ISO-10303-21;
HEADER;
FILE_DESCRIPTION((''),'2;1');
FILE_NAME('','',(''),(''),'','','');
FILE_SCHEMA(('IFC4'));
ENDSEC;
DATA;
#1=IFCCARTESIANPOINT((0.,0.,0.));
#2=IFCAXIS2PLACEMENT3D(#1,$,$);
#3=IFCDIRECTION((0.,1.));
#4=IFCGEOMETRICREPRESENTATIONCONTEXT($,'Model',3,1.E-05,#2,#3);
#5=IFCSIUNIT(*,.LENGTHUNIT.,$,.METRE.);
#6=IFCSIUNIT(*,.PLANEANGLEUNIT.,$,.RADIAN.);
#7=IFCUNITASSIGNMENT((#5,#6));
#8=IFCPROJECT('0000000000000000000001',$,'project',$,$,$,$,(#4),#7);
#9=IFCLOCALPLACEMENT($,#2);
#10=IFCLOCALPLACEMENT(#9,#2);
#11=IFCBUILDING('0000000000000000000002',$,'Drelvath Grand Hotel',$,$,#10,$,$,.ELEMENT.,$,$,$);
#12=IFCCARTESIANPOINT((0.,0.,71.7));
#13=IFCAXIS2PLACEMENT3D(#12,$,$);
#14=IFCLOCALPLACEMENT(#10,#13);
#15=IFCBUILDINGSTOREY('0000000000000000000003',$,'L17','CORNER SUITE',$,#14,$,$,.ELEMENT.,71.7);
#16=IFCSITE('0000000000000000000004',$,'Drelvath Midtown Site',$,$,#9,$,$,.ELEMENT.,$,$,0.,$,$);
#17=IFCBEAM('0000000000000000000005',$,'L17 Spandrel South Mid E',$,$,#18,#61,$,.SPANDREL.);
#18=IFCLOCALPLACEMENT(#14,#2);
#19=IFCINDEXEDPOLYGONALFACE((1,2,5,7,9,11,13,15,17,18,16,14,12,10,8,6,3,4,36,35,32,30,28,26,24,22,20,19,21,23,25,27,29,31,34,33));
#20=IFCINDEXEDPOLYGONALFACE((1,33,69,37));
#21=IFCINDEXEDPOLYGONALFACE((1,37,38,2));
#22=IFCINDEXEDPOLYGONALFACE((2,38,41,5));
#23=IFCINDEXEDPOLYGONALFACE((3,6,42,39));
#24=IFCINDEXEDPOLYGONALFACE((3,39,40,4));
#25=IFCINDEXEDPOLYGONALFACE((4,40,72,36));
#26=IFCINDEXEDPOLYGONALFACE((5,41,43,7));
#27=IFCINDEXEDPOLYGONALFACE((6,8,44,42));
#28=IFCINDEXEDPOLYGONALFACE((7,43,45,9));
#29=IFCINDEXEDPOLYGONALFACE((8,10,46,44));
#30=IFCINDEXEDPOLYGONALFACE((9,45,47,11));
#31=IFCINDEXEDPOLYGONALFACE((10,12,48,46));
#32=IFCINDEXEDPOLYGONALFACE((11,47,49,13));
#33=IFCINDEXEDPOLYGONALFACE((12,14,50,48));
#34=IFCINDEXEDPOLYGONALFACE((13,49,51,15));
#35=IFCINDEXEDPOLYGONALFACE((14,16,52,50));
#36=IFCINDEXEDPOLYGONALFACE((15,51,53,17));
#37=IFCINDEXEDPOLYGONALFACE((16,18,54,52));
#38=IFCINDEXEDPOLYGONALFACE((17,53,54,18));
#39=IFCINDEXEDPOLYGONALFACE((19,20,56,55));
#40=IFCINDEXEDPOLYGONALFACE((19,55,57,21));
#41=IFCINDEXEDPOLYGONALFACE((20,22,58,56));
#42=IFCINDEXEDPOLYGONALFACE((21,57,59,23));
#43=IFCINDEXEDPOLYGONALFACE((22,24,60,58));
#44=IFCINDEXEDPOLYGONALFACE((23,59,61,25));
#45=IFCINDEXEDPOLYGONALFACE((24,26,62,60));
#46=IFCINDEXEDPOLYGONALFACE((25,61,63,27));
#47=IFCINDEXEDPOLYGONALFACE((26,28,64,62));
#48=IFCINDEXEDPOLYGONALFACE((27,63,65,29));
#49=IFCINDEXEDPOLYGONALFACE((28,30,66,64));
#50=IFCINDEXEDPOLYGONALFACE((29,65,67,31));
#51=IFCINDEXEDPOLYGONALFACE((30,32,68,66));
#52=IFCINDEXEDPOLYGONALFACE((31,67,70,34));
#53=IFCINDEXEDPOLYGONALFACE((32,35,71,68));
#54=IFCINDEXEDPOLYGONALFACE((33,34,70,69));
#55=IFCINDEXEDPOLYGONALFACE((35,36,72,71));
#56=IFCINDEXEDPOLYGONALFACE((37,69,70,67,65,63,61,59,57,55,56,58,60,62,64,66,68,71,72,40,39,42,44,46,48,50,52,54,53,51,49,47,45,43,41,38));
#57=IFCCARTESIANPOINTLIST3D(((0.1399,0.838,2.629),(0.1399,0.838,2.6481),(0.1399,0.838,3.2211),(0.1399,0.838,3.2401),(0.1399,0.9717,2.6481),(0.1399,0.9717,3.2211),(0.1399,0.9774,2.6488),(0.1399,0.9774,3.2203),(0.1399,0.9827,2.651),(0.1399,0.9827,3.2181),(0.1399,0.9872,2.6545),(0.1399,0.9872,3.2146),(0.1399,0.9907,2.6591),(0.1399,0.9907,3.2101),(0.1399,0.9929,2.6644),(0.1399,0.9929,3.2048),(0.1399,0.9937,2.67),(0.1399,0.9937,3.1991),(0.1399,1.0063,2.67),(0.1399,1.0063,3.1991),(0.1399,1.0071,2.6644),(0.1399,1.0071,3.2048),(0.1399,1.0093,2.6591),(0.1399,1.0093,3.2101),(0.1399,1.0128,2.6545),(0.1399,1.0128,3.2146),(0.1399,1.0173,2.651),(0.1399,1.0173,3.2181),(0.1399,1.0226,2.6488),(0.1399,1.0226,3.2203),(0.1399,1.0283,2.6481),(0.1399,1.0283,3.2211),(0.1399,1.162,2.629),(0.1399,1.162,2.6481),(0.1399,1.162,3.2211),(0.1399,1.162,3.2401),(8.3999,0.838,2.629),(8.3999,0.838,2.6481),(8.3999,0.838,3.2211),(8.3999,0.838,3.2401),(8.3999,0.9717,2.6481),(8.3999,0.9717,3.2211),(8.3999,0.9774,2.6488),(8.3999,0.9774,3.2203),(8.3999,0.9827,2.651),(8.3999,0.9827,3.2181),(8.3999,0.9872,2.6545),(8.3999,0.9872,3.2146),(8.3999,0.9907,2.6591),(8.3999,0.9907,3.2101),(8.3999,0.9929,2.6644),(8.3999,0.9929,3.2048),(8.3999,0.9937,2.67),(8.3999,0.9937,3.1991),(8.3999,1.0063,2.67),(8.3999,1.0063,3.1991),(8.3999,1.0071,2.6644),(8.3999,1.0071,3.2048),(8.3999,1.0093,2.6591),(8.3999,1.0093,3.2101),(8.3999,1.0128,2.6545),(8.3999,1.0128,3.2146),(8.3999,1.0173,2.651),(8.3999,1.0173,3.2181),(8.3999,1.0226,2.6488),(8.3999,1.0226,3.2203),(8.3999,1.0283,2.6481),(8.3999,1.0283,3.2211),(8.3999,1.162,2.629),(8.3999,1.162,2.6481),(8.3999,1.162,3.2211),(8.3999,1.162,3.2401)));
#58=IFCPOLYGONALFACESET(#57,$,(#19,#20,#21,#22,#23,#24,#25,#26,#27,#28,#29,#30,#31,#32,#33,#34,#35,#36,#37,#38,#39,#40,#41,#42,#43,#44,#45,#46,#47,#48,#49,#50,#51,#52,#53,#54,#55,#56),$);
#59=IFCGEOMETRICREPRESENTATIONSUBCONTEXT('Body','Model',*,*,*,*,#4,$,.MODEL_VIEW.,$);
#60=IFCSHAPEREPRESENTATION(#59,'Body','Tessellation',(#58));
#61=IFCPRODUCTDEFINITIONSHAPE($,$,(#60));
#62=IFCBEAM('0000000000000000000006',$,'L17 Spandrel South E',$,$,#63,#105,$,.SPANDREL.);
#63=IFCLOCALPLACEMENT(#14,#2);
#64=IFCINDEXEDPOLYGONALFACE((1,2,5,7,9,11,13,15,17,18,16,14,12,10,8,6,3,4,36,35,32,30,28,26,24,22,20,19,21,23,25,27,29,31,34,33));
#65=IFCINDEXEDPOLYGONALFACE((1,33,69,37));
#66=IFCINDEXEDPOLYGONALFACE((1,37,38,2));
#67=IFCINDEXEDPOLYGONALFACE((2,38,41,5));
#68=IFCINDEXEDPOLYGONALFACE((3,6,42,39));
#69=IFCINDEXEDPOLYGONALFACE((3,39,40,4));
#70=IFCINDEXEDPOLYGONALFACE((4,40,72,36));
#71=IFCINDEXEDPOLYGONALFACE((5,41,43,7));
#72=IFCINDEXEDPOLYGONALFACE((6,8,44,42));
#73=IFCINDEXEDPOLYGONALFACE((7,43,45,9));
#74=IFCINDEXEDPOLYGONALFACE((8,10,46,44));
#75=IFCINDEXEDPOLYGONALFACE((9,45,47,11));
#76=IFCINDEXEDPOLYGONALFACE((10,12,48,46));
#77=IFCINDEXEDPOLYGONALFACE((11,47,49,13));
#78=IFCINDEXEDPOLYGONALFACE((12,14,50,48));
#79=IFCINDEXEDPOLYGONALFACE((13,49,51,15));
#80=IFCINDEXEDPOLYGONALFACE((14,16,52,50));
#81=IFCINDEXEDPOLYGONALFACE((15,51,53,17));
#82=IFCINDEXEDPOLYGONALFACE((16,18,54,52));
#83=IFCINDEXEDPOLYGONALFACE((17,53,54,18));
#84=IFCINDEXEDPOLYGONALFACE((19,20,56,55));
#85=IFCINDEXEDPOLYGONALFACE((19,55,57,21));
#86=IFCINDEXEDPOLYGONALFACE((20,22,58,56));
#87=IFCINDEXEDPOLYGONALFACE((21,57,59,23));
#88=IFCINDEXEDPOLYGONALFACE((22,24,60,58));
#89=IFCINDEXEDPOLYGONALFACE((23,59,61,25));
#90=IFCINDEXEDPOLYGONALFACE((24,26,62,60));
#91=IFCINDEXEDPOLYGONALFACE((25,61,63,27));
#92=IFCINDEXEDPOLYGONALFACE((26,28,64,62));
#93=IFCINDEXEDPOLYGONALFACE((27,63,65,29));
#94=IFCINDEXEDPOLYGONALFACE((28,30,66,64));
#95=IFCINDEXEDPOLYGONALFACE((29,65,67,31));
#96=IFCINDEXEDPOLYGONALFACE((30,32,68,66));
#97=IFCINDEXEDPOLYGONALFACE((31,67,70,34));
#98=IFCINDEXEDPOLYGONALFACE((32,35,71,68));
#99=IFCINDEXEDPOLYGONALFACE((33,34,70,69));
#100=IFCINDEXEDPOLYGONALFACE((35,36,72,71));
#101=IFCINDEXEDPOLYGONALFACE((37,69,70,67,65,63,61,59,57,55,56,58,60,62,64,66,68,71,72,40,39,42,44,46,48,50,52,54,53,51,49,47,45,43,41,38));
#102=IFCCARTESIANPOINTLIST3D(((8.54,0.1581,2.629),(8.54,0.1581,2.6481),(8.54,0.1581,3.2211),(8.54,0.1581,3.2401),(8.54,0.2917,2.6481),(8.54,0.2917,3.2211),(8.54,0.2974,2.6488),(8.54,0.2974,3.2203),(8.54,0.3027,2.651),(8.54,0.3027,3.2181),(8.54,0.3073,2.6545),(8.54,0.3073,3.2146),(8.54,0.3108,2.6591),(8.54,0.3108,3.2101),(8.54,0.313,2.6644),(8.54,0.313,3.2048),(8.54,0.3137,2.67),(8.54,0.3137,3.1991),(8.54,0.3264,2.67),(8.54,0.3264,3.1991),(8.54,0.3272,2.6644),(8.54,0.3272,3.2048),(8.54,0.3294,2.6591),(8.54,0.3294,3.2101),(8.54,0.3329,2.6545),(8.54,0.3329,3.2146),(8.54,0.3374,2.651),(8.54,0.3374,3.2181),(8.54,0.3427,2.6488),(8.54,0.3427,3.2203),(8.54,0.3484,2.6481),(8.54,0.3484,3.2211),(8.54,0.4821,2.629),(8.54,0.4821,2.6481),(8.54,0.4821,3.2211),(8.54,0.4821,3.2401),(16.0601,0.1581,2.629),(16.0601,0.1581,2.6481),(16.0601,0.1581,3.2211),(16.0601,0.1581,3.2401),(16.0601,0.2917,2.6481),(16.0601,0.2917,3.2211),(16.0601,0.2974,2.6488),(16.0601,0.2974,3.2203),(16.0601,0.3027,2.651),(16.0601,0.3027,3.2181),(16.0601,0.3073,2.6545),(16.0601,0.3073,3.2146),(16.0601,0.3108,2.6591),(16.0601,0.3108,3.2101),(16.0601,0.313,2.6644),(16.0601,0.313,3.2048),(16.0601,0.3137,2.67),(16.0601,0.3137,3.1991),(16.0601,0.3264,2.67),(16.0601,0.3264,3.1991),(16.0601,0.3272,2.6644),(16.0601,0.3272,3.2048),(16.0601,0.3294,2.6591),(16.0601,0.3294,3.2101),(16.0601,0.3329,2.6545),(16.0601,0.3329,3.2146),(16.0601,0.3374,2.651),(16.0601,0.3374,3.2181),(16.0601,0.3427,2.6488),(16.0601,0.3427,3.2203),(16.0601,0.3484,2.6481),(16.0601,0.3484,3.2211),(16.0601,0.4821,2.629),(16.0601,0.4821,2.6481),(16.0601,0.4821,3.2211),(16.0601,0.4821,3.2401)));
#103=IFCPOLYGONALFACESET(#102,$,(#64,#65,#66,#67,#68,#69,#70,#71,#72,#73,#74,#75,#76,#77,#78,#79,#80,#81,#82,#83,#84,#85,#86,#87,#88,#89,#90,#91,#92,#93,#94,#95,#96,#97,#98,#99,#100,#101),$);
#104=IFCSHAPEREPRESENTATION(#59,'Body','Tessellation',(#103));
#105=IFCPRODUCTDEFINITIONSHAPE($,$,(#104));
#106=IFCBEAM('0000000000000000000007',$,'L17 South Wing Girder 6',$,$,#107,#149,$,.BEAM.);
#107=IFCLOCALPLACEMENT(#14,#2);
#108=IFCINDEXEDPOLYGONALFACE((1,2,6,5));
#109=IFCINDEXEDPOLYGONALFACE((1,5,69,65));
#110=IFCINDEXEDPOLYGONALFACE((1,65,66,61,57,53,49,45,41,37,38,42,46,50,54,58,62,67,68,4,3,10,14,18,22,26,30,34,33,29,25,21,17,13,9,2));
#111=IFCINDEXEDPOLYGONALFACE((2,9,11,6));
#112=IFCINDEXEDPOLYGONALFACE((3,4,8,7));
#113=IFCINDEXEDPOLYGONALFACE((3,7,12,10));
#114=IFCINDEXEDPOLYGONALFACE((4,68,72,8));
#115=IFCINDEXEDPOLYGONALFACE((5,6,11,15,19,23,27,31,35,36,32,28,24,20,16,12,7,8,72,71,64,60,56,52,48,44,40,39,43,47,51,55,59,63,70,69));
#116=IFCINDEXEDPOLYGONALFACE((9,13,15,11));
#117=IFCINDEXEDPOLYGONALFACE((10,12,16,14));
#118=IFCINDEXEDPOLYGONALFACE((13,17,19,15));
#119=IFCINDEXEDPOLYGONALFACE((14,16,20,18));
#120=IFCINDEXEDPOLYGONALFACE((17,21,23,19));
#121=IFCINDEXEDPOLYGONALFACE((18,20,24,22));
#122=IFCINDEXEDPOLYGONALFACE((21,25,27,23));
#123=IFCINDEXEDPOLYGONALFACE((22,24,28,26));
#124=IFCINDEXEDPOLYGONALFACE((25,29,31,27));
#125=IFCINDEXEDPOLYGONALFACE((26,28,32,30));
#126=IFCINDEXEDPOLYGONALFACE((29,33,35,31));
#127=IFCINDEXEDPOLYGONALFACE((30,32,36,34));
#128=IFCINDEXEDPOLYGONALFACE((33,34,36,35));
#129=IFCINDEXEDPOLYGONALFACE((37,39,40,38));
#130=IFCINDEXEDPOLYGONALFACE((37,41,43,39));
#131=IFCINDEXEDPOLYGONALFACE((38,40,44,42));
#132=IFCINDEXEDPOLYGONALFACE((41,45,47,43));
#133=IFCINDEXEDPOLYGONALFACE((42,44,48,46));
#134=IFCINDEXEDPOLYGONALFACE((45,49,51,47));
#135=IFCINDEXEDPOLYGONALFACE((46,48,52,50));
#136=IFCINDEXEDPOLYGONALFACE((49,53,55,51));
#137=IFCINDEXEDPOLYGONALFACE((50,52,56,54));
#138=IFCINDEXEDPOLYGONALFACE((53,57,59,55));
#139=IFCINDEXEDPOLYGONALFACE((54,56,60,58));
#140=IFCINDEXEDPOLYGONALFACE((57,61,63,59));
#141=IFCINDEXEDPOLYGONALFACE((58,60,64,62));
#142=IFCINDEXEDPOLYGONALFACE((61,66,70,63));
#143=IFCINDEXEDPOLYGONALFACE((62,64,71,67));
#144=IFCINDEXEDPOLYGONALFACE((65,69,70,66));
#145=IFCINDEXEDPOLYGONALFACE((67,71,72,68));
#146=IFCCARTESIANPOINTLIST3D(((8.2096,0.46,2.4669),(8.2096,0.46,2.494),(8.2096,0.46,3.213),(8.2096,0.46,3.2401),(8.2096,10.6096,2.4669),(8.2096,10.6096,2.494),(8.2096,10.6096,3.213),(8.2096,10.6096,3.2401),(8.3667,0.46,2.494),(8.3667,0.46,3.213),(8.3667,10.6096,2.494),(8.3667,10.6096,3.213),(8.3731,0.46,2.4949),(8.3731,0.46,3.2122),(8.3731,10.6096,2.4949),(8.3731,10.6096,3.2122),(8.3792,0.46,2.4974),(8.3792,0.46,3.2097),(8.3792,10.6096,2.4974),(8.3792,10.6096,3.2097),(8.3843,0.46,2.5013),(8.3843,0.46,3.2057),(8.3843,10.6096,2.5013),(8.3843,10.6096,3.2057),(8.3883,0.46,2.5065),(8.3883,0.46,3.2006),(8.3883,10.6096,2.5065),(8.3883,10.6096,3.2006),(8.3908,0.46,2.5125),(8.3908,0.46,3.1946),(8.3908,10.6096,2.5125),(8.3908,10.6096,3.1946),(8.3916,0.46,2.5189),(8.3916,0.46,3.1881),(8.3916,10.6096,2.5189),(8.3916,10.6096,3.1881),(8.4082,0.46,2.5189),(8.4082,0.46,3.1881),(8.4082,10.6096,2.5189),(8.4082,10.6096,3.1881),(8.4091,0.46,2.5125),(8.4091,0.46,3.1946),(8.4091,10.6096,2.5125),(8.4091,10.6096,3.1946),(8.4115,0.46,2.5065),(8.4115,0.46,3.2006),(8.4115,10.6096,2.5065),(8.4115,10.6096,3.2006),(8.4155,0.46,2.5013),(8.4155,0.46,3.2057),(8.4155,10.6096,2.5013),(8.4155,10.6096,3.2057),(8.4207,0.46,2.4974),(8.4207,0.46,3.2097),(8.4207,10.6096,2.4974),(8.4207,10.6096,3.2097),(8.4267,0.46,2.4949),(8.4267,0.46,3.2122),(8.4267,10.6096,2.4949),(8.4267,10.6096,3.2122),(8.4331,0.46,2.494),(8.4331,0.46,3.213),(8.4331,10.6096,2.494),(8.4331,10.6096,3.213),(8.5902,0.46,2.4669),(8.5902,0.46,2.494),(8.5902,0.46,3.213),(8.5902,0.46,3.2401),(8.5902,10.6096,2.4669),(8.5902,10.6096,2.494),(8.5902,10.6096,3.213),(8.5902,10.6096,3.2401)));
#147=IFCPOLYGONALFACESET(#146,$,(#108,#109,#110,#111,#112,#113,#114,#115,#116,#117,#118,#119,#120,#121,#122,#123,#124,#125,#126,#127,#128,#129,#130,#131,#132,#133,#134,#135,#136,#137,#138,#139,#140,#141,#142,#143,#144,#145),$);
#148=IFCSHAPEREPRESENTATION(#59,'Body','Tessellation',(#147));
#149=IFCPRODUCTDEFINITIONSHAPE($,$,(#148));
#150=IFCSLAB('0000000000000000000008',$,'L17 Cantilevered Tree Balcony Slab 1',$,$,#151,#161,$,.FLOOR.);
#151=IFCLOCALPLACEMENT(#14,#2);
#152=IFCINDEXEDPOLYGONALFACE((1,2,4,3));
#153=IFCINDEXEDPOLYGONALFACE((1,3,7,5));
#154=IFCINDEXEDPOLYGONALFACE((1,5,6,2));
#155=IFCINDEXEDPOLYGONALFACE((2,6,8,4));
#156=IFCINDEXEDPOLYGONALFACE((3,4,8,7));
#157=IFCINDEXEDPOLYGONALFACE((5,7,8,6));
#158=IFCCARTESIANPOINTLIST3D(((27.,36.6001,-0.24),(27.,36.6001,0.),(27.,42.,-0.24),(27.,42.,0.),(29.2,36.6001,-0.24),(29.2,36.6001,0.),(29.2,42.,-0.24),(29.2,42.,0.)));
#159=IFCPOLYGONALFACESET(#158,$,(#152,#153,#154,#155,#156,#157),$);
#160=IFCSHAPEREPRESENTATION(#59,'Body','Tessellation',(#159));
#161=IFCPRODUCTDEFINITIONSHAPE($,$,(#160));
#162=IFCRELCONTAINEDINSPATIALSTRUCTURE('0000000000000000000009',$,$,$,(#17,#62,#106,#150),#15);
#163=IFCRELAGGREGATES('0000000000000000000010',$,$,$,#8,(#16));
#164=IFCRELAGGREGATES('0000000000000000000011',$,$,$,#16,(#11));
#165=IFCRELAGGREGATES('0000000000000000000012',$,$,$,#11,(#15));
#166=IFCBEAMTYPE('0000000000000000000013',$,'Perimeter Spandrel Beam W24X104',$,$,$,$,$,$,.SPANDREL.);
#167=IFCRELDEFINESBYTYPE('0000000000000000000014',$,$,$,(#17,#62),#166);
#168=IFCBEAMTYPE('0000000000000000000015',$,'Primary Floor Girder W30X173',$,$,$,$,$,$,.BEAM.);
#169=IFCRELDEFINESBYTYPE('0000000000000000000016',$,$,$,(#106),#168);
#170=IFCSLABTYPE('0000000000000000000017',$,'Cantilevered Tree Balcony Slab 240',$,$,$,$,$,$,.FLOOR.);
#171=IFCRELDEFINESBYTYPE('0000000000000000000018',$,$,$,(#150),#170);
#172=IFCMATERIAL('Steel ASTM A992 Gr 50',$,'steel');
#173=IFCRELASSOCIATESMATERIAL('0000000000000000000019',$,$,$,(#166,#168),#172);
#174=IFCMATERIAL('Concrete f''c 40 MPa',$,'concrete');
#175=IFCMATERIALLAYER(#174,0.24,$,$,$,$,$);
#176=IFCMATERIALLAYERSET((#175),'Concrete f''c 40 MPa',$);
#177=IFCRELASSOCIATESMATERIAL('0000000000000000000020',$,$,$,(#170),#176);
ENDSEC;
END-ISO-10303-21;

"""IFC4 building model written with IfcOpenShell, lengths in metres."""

from ifc_helpers import new_model, si_unit, direction, frame, origin, origin_2d, place, context, subcontext, project, spatial, polyline, i_section, outline, extrude, material, layer, layer_set, material_profile, profile_set, type_object, element, save


model = new_model("IFC4")

# Units and contexts
model_context = context("Model", 3, precision=1e-05, world=origin(), true_north=direction((0.0, 1.0)))
body_context = subcontext(model_context, "Body", "Model", "MODEL_VIEW")
ifc_project = project(units=[si_unit("LENGTHUNIT", "METRE"), si_unit("PLANEANGLEUNIT", "RADIAN")], contexts=[model_context])

# Site, building, storey
site_placement = place(None, origin())
site = spatial("IfcSite", under=ifc_project, at=site_placement, Name="Drelvath Midtown Site", CompositionType="ELEMENT", RefElevation=0.0)
building_placement = place(site_placement, origin())
building = spatial("IfcBuilding", under=site, at=building_placement, Name="Drelvath Grand Hotel", CompositionType="ELEMENT")
storey_placement = place(building_placement, frame((0.0, 0.0, 71.7)))
storey = spatial("IfcBuildingStorey", under=building, at=storey_placement, Name="L17", Description="CORNER SUITE", CompositionType="ELEMENT", Elevation=71.7)

# Beams
ifc_material_1 = material(Name="Steel ASTM A992 Gr 50", Category="steel")
ifc_material_profile_1 = material_profile(ifc_material_1, i_section(OverallWidth=0.324, OverallDepth=0.6111, WebThickness=0.0127, FlangeThickness=0.019, FilletRadius=0.022, at=origin_2d()), Name="W24X104")
ifc_profile_set_1 = profile_set([ifc_material_profile_1], Name="Steel ASTM A992 Gr 50")
beam_type_1 = type_object("IfcBeamType", Name="Perimeter Spandrel Beam W24X104", PredefinedType="SPANDREL", material=ifc_profile_set_1)
beam_1_placement = place(storey_placement, frame((0.1399, 1.0, 2.9346), z_axis=(1.0, 0.0, 0.0), x_axis=(0.0, 1.0, 0.0)))
element("IfcBeam", 1, at=beam_1_placement, inside=storey, type_object=beam_type_1, Name="L17 Spandrel South Mid E", PredefinedType="SPANDREL", context=body_context, shape_type="SweptSolid", body=[
    extrude(i_section(OverallWidth=0.324, OverallDepth=0.6111, WebThickness=0.0127, FlangeThickness=0.019, FilletRadius=0.022, at=origin_2d()), origin(), (0.0, 0.0, 1.0), 8.26),
])
beam_2_placement = place(storey_placement, frame((8.54, 0.3201, 2.9346), z_axis=(1.0, 0.0, 0.0), x_axis=(0.0, 1.0, 0.0)))
element("IfcBeam", 2, at=beam_2_placement, inside=storey, type_object=beam_type_1, Name="L17 Spandrel South E", PredefinedType="SPANDREL", context=body_context, shape_type="SweptSolid", body=[
    extrude(i_section(OverallWidth=0.324, OverallDepth=0.6111, WebThickness=0.0127, FlangeThickness=0.019, FilletRadius=0.022, at=origin_2d()), origin(), (0.0, 0.0, 1.0), 7.52),
])
ifc_material_profile_2 = material_profile(ifc_material_1, i_section(OverallWidth=0.3806, OverallDepth=0.7732, WebThickness=0.0166, FlangeThickness=0.0271, FilletRadius=0.0249, at=origin_2d()), Name="W30X173")
ifc_profile_set_2 = profile_set([ifc_material_profile_2], Name="Steel ASTM A992 Gr 50")
beam_type_2 = type_object("IfcBeamType", Name="Primary Floor Girder W30X173", PredefinedType="BEAM", material=ifc_profile_set_2)
beam_3_placement = place(storey_placement, frame((8.3999, 0.46, 2.8535), z_axis=(0.0, 1.0, 0.0), x_axis=(-1.0, 0.0, 0.0)))
element("IfcBeam", 3, at=beam_3_placement, inside=storey, type_object=beam_type_2, Name="L17 South Wing Girder 6", PredefinedType="BEAM", context=body_context, shape_type="SweptSolid", body=[
    extrude(i_section(OverallWidth=0.3806, OverallDepth=0.7732, WebThickness=0.0166, FlangeThickness=0.0271, FilletRadius=0.0249, at=origin_2d()), origin(), (0.0, 0.0, 1.0), 10.1497),
])

# Slab
ifc_material_2 = material(Name="Concrete f'c 40 MPa", Category="concrete")
ifc_layer_1 = layer(ifc_material_2, 0.24)
ifc_layer_set_1 = layer_set([ifc_layer_1], Name="Concrete f'c 40 MPa")
slab_type_1 = type_object("IfcSlabType", Name="Cantilevered Tree Balcony Slab 240", PredefinedType="FLOOR", material=ifc_layer_set_1)
slab_1_placement = place(storey_placement, frame((0.0, 0.0, -0.24)))
element("IfcSlab", 4, at=slab_1_placement, inside=storey, type_object=slab_type_1, Name="L17 Cantilevered Tree Balcony Slab 1", PredefinedType="FLOOR", context=body_context, shape_type="SweptSolid", body=[
    extrude(outline(polyline([(27.0, 36.6001), (29.2, 36.6001), (29.2, 42.0), (27.0, 42.0), (27.0, 36.6001)])), origin(), (0.0, 0.0, 1.0), 0.24),
])

save(model, "model.ifc")
